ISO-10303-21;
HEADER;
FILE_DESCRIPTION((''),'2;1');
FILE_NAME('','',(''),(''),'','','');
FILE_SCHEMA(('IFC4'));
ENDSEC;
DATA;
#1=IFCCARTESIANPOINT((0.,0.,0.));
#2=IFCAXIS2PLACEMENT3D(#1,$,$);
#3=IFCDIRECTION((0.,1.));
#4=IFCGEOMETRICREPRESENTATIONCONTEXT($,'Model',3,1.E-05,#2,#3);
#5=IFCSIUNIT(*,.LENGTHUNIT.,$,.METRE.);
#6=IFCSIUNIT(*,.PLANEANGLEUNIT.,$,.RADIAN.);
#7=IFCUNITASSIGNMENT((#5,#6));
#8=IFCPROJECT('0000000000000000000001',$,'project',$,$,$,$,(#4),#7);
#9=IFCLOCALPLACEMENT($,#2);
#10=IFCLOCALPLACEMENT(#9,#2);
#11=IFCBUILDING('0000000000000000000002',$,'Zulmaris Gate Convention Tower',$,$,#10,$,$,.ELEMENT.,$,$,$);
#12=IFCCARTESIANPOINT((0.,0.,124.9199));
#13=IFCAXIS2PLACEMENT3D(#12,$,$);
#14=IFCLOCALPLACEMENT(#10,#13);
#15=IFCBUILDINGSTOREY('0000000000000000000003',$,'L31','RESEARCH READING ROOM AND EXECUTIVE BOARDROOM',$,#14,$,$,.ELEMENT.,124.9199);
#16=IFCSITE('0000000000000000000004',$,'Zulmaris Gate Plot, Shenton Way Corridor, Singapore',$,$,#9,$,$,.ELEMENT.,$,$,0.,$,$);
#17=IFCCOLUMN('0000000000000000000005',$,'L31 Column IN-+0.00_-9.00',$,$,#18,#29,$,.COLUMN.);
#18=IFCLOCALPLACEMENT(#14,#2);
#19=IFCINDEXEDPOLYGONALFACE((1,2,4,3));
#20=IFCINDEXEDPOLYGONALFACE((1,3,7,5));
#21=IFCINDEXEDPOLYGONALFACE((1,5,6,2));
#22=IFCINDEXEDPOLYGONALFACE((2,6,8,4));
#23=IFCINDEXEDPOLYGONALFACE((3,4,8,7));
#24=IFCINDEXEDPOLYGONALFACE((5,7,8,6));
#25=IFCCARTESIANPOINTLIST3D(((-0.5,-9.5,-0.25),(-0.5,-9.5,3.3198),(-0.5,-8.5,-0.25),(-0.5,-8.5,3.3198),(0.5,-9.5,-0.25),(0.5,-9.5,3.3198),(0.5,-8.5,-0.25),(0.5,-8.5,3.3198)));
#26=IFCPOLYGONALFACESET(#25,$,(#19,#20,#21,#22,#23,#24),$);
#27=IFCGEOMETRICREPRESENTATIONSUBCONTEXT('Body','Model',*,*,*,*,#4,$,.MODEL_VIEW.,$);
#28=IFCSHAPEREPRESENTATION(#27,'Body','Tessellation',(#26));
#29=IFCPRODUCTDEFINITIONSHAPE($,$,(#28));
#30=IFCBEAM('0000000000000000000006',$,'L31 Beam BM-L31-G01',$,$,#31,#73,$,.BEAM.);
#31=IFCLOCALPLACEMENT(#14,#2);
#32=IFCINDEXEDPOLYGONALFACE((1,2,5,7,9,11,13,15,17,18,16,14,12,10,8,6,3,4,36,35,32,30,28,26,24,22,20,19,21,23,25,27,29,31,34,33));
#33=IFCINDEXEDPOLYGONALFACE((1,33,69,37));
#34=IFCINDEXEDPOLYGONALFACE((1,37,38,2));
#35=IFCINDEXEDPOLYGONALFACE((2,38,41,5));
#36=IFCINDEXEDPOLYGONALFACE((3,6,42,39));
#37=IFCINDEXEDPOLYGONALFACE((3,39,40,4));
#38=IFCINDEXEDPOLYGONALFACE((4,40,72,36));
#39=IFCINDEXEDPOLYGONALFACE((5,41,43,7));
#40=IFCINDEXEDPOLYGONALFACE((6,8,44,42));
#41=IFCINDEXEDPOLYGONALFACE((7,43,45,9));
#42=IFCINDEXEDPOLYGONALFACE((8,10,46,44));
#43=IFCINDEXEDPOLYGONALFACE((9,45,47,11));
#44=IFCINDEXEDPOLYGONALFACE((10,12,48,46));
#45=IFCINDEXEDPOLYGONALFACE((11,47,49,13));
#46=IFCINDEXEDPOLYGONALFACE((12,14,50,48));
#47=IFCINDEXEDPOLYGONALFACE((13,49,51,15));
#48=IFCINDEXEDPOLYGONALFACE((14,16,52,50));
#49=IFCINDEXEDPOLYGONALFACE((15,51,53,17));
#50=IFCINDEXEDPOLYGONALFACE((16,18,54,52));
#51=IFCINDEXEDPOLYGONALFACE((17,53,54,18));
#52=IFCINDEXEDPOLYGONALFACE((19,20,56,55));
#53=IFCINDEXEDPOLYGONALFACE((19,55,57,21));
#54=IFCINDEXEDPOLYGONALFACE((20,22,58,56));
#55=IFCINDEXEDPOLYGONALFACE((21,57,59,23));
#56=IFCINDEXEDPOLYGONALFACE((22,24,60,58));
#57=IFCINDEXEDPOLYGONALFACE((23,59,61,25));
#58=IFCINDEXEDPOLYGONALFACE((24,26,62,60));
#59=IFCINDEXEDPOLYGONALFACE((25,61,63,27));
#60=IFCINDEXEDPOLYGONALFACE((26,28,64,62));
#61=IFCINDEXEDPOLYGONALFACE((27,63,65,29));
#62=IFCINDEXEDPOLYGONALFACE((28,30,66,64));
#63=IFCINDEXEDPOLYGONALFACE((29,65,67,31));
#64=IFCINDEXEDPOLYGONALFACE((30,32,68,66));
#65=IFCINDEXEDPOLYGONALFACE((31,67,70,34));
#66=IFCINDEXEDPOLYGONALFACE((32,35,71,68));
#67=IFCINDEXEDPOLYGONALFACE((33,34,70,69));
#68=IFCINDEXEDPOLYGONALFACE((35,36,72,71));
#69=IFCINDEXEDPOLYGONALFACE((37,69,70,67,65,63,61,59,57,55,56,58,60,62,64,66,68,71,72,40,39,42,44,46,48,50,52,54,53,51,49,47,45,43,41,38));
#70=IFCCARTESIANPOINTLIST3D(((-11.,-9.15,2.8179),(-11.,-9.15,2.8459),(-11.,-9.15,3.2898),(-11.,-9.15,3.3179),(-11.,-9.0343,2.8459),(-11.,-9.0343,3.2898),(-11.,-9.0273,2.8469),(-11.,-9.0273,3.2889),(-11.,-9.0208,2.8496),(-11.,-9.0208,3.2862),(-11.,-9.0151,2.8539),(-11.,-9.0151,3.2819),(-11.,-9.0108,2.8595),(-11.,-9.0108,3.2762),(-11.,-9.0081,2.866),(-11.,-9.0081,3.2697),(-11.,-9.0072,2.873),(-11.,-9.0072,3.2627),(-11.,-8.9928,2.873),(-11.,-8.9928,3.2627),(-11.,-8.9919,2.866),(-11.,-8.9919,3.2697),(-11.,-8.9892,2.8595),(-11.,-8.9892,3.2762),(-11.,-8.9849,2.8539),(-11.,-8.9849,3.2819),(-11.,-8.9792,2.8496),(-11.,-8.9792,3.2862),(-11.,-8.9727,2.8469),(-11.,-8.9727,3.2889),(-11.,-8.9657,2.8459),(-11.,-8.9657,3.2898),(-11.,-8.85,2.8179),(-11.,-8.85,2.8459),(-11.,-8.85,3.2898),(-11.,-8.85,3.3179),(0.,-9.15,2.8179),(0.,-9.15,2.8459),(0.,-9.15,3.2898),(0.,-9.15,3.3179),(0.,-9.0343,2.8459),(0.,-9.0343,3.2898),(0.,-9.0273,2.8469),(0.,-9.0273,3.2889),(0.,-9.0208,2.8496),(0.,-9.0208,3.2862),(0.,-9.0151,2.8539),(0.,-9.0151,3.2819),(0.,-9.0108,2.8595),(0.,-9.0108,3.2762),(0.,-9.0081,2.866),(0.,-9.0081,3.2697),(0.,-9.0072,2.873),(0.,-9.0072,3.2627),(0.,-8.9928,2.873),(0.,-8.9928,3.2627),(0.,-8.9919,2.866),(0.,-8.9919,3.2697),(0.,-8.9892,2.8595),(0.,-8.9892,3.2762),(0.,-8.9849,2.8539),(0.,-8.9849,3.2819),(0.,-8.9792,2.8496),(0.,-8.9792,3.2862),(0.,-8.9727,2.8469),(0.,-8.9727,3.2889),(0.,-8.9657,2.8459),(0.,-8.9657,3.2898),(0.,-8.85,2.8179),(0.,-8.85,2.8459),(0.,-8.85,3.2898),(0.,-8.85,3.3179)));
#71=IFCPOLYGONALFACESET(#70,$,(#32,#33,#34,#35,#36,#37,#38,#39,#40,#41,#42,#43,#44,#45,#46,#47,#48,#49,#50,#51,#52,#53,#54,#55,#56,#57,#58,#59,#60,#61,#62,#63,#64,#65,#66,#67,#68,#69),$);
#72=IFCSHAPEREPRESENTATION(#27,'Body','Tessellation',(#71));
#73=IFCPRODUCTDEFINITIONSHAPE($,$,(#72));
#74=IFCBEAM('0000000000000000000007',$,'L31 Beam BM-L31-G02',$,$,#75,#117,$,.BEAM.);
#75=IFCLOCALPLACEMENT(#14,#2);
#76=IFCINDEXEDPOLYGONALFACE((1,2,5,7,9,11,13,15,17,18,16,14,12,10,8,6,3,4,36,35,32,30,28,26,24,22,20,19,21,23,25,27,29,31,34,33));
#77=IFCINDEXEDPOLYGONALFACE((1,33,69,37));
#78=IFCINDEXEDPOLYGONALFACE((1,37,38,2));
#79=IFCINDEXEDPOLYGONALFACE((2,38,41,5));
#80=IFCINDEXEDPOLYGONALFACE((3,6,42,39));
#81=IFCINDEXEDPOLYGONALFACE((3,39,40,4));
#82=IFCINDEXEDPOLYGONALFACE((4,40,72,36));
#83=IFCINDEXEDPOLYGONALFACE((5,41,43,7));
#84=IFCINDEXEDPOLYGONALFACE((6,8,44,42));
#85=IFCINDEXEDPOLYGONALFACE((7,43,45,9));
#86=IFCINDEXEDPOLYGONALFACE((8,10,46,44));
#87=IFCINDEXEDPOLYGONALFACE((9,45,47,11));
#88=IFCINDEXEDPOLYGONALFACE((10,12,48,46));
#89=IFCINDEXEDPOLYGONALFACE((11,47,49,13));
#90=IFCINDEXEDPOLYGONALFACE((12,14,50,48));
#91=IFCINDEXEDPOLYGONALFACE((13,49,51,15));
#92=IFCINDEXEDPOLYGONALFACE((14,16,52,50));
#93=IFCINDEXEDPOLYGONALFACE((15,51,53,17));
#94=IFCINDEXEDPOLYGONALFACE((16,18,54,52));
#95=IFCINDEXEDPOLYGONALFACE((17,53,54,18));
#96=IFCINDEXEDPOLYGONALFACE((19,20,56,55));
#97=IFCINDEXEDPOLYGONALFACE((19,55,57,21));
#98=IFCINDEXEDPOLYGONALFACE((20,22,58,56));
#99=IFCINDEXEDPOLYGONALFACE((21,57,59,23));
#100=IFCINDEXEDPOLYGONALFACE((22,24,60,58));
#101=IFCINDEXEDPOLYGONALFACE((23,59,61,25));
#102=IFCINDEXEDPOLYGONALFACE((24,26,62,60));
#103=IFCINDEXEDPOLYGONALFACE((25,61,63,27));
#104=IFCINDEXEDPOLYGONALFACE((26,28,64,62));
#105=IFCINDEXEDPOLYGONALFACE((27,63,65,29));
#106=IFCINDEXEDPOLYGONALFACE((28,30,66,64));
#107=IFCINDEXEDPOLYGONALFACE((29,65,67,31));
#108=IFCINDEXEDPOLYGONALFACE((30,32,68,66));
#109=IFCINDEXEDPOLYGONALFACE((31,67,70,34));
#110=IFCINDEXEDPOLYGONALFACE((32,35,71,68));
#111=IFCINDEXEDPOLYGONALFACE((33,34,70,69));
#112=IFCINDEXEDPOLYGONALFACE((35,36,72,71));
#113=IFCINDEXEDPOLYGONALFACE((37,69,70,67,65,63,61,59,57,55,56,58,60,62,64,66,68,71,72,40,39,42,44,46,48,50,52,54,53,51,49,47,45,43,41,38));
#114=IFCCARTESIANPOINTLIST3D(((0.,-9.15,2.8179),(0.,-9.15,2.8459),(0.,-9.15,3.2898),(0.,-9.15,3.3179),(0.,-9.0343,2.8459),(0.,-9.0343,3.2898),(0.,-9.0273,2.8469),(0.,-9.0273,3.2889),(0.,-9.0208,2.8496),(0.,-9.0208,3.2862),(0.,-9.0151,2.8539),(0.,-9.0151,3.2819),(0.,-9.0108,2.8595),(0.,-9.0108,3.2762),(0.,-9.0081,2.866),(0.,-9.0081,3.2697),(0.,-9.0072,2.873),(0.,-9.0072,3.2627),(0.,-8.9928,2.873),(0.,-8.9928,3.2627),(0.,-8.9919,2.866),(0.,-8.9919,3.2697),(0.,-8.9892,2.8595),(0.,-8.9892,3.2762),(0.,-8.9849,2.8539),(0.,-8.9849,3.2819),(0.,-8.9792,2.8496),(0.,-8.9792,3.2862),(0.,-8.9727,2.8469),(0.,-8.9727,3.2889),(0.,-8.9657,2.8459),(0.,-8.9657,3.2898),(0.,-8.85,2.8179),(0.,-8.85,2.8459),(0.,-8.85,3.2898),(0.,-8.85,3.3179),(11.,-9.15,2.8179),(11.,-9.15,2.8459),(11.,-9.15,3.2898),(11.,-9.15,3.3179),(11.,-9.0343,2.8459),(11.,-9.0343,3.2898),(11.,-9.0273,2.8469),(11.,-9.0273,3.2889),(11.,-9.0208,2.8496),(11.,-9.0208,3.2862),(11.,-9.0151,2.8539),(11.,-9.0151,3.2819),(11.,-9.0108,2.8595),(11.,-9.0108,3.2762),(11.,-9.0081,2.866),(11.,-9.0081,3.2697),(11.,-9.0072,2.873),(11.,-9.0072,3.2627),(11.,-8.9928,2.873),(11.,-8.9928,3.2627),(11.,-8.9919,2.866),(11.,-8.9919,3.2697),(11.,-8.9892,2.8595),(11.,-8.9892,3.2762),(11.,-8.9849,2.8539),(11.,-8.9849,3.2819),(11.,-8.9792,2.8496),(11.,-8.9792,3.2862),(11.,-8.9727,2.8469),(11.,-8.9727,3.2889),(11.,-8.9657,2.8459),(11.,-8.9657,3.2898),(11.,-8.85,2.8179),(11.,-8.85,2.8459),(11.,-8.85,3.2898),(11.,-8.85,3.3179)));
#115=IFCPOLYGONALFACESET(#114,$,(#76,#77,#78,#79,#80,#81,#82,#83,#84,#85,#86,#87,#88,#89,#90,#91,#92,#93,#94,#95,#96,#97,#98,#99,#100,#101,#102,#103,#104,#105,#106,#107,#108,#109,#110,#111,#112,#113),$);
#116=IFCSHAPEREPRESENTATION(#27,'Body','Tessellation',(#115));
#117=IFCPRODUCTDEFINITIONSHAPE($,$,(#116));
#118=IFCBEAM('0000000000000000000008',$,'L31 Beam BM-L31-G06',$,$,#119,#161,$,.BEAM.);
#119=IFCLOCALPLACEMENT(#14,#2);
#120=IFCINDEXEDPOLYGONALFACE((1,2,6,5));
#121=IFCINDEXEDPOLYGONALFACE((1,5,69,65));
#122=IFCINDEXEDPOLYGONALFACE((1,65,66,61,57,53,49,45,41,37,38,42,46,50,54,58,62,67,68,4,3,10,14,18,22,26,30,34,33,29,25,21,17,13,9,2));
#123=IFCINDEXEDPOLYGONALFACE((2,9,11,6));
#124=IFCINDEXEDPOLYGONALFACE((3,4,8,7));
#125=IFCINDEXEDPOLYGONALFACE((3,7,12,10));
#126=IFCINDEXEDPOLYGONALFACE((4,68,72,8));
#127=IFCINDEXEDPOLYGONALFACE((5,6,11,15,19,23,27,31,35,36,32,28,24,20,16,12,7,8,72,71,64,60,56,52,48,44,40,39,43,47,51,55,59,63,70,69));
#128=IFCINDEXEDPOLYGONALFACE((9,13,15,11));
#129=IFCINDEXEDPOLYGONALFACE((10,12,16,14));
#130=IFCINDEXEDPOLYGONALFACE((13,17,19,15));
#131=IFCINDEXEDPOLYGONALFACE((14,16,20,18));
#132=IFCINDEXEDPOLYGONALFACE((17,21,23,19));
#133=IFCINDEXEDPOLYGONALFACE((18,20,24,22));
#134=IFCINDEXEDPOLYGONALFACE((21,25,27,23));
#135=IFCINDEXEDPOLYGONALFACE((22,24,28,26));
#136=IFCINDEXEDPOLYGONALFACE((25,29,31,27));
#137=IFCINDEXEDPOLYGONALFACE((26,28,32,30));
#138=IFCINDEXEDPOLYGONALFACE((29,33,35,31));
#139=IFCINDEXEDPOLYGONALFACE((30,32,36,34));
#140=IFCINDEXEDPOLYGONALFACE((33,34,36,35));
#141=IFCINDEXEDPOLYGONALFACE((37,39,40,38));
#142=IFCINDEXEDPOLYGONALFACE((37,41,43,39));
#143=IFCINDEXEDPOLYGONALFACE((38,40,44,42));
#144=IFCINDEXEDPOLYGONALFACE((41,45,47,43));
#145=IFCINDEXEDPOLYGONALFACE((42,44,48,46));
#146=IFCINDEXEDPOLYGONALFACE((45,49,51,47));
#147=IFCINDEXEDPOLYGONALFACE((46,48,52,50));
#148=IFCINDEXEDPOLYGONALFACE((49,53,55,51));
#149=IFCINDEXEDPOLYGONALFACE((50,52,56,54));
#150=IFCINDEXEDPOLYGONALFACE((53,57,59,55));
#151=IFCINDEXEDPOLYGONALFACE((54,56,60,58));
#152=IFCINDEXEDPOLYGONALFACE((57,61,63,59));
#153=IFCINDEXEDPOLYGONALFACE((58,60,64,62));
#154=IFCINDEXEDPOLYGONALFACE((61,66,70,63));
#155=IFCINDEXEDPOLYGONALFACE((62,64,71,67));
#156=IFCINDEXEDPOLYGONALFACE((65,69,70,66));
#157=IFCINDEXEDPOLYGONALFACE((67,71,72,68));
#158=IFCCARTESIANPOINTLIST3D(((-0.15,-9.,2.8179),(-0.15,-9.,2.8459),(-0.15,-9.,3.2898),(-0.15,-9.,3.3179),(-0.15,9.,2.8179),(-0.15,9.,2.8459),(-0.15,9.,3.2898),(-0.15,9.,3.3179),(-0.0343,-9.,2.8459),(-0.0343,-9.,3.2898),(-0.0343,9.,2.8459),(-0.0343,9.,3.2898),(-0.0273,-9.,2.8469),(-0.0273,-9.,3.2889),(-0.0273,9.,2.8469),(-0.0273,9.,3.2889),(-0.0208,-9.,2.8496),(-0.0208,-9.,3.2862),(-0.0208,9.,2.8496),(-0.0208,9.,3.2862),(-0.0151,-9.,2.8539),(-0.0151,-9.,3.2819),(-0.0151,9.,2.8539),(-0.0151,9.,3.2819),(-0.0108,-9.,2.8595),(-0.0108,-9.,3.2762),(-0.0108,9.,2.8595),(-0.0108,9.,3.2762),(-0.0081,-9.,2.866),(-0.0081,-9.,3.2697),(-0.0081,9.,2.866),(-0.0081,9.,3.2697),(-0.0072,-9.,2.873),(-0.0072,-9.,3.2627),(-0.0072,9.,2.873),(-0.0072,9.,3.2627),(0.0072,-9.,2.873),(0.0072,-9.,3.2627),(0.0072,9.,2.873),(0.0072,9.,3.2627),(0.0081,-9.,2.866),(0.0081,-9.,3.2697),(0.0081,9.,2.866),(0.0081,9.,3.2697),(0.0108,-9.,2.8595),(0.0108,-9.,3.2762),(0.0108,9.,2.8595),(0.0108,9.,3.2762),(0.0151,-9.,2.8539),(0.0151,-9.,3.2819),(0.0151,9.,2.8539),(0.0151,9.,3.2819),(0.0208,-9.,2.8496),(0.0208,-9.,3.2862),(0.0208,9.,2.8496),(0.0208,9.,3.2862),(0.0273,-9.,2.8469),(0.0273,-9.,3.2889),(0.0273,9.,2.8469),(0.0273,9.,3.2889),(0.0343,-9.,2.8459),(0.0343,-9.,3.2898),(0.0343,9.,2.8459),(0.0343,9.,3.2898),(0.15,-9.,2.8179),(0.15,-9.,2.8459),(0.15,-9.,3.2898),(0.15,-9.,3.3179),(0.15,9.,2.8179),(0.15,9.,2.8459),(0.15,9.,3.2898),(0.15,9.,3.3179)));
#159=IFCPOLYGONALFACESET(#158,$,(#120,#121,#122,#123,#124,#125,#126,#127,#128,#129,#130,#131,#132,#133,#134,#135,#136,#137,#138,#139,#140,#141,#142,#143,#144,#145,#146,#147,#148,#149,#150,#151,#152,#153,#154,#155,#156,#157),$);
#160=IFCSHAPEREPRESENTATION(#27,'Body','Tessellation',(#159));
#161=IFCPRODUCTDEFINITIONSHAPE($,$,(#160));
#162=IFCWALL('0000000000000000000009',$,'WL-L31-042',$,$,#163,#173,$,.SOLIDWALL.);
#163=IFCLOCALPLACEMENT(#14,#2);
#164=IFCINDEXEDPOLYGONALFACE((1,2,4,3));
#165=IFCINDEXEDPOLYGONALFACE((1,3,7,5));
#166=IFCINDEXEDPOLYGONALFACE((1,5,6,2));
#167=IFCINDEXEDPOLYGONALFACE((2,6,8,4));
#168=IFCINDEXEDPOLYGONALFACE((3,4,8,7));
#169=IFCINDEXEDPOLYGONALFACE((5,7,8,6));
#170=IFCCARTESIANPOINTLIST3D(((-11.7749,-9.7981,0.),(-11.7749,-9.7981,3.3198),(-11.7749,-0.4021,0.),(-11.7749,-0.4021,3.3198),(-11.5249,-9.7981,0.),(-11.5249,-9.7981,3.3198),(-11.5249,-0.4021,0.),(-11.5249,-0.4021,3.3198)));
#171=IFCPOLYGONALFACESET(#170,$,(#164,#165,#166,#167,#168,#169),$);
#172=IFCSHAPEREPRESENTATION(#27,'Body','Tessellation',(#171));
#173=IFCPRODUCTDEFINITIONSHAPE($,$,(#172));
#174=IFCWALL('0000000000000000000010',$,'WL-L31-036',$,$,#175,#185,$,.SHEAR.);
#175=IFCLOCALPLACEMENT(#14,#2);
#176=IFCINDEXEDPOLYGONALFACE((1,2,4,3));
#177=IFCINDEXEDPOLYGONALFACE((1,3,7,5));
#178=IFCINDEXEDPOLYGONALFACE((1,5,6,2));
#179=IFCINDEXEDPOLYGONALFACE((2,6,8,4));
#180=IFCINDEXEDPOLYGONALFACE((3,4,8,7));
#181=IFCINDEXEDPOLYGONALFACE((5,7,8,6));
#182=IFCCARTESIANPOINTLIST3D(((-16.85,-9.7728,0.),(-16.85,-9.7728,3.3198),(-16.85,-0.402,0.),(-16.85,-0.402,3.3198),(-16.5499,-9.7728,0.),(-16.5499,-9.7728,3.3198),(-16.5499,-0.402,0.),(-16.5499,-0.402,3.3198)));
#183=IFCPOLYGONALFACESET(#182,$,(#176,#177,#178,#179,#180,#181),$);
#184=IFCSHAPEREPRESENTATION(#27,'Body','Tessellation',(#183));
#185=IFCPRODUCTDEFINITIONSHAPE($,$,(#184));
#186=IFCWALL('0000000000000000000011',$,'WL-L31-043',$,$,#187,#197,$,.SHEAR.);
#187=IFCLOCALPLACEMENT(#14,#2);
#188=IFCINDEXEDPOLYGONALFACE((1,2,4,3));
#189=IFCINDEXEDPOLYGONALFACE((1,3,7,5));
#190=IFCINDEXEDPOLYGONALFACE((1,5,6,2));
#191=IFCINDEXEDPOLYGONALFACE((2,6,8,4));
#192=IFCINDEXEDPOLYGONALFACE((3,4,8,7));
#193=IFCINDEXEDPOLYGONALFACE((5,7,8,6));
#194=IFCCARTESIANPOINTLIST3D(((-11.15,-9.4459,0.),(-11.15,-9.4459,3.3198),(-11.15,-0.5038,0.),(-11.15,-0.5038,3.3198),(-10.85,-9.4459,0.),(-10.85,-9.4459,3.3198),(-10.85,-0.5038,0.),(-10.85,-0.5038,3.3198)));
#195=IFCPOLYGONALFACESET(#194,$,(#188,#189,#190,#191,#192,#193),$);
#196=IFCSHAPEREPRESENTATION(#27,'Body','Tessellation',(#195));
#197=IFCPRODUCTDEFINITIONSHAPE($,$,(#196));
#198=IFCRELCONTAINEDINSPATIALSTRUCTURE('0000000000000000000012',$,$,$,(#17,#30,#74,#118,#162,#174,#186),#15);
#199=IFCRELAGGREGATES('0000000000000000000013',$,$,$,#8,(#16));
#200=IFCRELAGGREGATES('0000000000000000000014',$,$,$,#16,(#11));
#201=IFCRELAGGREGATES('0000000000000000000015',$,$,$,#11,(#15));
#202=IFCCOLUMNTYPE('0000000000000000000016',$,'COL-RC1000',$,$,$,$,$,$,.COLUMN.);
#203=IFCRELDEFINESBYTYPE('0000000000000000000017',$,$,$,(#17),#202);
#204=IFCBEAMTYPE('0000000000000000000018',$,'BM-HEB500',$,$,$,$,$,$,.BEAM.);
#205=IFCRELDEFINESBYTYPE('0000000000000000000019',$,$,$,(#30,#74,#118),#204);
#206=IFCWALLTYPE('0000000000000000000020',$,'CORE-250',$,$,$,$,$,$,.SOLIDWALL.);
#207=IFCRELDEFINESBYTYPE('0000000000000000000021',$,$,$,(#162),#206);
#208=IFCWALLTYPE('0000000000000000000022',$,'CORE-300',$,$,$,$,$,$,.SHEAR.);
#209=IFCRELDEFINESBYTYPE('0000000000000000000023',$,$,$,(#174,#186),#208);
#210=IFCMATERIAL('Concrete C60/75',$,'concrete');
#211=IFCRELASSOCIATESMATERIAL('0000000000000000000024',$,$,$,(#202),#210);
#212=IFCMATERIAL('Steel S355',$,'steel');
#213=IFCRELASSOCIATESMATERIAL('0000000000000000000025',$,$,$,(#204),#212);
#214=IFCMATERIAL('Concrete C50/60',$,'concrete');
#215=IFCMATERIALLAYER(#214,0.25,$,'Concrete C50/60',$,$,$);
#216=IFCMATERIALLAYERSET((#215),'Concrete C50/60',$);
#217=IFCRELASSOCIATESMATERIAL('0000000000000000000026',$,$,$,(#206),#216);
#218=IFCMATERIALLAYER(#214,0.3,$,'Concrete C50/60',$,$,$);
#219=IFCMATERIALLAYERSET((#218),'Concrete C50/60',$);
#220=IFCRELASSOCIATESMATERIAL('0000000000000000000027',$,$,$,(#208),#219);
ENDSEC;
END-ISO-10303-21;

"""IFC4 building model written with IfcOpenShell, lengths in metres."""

from ifc_helpers import new_model, si_unit, direction, frame, frame_2d, origin, origin_2d, place, context, subcontext, project, spatial, rectangle, i_section, extrude, material, layer, layer_set, material_profile, profile_set, type_object, element, save


model = new_model("IFC4")

# Units and contexts
model_context = context("Model", 3, precision=1e-05, world=origin(), true_north=direction((0.0, 1.0)))
body_context = subcontext(model_context, "Body", "Model", "MODEL_VIEW")
ifc_project = project(units=[si_unit("LENGTHUNIT", "METRE"), si_unit("PLANEANGLEUNIT", "RADIAN")], contexts=[model_context])

# Site, building, storey
site_placement = place(None, origin())
site = spatial("IfcSite", under=ifc_project, at=site_placement, Name="Zulmaris Gate Plot, Shenton Way Corridor, Singapore", CompositionType="ELEMENT", RefElevation=0.0)
building_placement = place(site_placement, origin())
building = spatial("IfcBuilding", under=site, at=building_placement, Name="Zulmaris Gate Convention Tower", CompositionType="ELEMENT")
storey_placement = place(building_placement, frame((0.0, 0.0, 124.9199)))
storey = spatial("IfcBuildingStorey", under=building, at=storey_placement, Name="L31", Description="RESEARCH READING ROOM AND EXECUTIVE BOARDROOM", CompositionType="ELEMENT", Elevation=124.9199)

# Column
ifc_material_1 = material(Name="Concrete C60/75", Category="concrete")
ifc_material_profile_1 = material_profile(ifc_material_1, rectangle(XDim=1.0, YDim=1.0, at=origin_2d()), Name="RC COL 1000x1000")
ifc_profile_set_1 = profile_set([ifc_material_profile_1], Name="Concrete C60/75")
column_type = type_object("IfcColumnType", Name="COL-RC1000", PredefinedType="COLUMN", material=ifc_profile_set_1)
column_placement = place(storey_placement, frame((0.0, -9.0, -0.25), z_axis=(0.0, 0.0, 1.0), x_axis=(1.0, 0.0, 0.0)))
element("IfcColumn", 1, at=column_placement, inside=storey, type_object=column_type, Name="L31 Column IN-+0.00_-9.00", PredefinedType="COLUMN", context=body_context, shape_type="SweptSolid", body=[
    extrude(rectangle(XDim=1.0, YDim=1.0, at=origin_2d()), origin(), (0.0, 0.0, 1.0), 3.5698),
])

# Beams
ifc_material_2 = material(Name="Steel S355", Category="steel")
ifc_material_profile_2 = material_profile(ifc_material_2, i_section(OverallWidth=0.3, OverallDepth=0.5, WebThickness=0.0144, FlangeThickness=0.0281, FilletRadius=0.0271, at=origin_2d()), Name="HEB 500")
ifc_profile_set_2 = profile_set([ifc_material_profile_2], Name="Steel S355")
beam_type = type_object("IfcBeamType", Name="BM-HEB500", PredefinedType="BEAM", material=ifc_profile_set_2)
for number, where, z_axis, x_axis, name in (
    (2, (-11.0, -9.0, 3.0679), (1.0, 0.0, 0.0), (0.0, 1.0, 0.0), "L31 Beam BM-L31-G01"),
    (3, (0.0, -9.0, 3.0679), (1.0, 0.0, 0.0), (0.0, 1.0, 0.0), "L31 Beam BM-L31-G02"),
):
    element("IfcBeam", number, at=place(storey_placement, frame(where, z_axis=z_axis, x_axis=x_axis)), inside=storey, type_object=beam_type, Name=name, PredefinedType="BEAM", context=body_context, shape_type="SweptSolid", body=[
        extrude(i_section(OverallWidth=0.3, OverallDepth=0.5, WebThickness=0.0144, FlangeThickness=0.0281, FilletRadius=0.0271, at=origin_2d()), origin(), (0.0, 0.0, 1.0), 11.0),
    ])
beam_placement = place(storey_placement, frame((0.0, -9.0, 3.0679), z_axis=(0.0, 1.0, 0.0), x_axis=(-1.0, 0.0, 0.0)))
element("IfcBeam", 4, at=beam_placement, inside=storey, type_object=beam_type, Name="L31 Beam BM-L31-G06", PredefinedType="BEAM", context=body_context, shape_type="SweptSolid", body=[
    extrude(i_section(OverallWidth=0.3, OverallDepth=0.5, WebThickness=0.0144, FlangeThickness=0.0281, FilletRadius=0.0271, at=origin_2d()), origin(), (0.0, 0.0, 1.0), 18.0),
])

# Walls
ifc_material_3 = material(Name="Concrete C50/60", Category="concrete")
ifc_layer_1 = layer(ifc_material_3, 0.25, Name="Concrete C50/60")
ifc_layer_set_1 = layer_set([ifc_layer_1], Name="Concrete C50/60")
wall_type_1 = type_object("IfcWallType", Name="CORE-250", PredefinedType="SOLIDWALL", material=ifc_layer_set_1)
wall_1_placement = place(storey_placement, frame((-11.6499, -9.7981, 0.0), z_axis=(0.0, 0.0, 1.0), x_axis=(0.0, 1.0, 0.0)))
element("IfcWall", 5, at=wall_1_placement, inside=storey, type_object=wall_type_1, Name="WL-L31-042", PredefinedType="SOLIDWALL", context=body_context, shape_type="SweptSolid", body=[
    extrude(rectangle(XDim=9.396, YDim=0.25, at=frame_2d((4.698, 0.0))), origin(), (0.0, 0.0, 1.0), 3.3198),
])
ifc_layer_2 = layer(ifc_material_3, 0.3, Name="Concrete C50/60")
ifc_layer_set_2 = layer_set([ifc_layer_2], Name="Concrete C50/60")
wall_type_2 = type_object("IfcWallType", Name="CORE-300", PredefinedType="SHEAR", material=ifc_layer_set_2)
wall_2_placement = place(storey_placement, frame((-16.7, -9.7729, 0.0), z_axis=(0.0, 0.0, 1.0), x_axis=(0.0, 1.0, 0.0)))
element("IfcWall", 6, at=wall_2_placement, inside=storey, type_object=wall_type_2, Name="WL-L31-036", PredefinedType="SHEAR", context=body_context, shape_type="SweptSolid", body=[
    extrude(rectangle(XDim=9.3708, YDim=0.3, at=frame_2d((4.6855, 0.0))), origin(), (0.0, 0.0, 1.0), 3.3198),
])
wall_3_placement = place(storey_placement, frame((-11.0, -9.446, 0.0), z_axis=(0.0, 0.0, 1.0), x_axis=(0.0, 1.0, 0.0)))
element("IfcWall", 7, at=wall_3_placement, inside=storey, type_object=wall_type_2, Name="WL-L31-043", PredefinedType="SHEAR", context=body_context, shape_type="SweptSolid", body=[
    extrude(rectangle(XDim=8.9421, YDim=0.3, at=frame_2d((4.4712, 0.0))), origin(), (0.0, 0.0, 1.0), 3.3198),
])

save(model, "model.ifc")
